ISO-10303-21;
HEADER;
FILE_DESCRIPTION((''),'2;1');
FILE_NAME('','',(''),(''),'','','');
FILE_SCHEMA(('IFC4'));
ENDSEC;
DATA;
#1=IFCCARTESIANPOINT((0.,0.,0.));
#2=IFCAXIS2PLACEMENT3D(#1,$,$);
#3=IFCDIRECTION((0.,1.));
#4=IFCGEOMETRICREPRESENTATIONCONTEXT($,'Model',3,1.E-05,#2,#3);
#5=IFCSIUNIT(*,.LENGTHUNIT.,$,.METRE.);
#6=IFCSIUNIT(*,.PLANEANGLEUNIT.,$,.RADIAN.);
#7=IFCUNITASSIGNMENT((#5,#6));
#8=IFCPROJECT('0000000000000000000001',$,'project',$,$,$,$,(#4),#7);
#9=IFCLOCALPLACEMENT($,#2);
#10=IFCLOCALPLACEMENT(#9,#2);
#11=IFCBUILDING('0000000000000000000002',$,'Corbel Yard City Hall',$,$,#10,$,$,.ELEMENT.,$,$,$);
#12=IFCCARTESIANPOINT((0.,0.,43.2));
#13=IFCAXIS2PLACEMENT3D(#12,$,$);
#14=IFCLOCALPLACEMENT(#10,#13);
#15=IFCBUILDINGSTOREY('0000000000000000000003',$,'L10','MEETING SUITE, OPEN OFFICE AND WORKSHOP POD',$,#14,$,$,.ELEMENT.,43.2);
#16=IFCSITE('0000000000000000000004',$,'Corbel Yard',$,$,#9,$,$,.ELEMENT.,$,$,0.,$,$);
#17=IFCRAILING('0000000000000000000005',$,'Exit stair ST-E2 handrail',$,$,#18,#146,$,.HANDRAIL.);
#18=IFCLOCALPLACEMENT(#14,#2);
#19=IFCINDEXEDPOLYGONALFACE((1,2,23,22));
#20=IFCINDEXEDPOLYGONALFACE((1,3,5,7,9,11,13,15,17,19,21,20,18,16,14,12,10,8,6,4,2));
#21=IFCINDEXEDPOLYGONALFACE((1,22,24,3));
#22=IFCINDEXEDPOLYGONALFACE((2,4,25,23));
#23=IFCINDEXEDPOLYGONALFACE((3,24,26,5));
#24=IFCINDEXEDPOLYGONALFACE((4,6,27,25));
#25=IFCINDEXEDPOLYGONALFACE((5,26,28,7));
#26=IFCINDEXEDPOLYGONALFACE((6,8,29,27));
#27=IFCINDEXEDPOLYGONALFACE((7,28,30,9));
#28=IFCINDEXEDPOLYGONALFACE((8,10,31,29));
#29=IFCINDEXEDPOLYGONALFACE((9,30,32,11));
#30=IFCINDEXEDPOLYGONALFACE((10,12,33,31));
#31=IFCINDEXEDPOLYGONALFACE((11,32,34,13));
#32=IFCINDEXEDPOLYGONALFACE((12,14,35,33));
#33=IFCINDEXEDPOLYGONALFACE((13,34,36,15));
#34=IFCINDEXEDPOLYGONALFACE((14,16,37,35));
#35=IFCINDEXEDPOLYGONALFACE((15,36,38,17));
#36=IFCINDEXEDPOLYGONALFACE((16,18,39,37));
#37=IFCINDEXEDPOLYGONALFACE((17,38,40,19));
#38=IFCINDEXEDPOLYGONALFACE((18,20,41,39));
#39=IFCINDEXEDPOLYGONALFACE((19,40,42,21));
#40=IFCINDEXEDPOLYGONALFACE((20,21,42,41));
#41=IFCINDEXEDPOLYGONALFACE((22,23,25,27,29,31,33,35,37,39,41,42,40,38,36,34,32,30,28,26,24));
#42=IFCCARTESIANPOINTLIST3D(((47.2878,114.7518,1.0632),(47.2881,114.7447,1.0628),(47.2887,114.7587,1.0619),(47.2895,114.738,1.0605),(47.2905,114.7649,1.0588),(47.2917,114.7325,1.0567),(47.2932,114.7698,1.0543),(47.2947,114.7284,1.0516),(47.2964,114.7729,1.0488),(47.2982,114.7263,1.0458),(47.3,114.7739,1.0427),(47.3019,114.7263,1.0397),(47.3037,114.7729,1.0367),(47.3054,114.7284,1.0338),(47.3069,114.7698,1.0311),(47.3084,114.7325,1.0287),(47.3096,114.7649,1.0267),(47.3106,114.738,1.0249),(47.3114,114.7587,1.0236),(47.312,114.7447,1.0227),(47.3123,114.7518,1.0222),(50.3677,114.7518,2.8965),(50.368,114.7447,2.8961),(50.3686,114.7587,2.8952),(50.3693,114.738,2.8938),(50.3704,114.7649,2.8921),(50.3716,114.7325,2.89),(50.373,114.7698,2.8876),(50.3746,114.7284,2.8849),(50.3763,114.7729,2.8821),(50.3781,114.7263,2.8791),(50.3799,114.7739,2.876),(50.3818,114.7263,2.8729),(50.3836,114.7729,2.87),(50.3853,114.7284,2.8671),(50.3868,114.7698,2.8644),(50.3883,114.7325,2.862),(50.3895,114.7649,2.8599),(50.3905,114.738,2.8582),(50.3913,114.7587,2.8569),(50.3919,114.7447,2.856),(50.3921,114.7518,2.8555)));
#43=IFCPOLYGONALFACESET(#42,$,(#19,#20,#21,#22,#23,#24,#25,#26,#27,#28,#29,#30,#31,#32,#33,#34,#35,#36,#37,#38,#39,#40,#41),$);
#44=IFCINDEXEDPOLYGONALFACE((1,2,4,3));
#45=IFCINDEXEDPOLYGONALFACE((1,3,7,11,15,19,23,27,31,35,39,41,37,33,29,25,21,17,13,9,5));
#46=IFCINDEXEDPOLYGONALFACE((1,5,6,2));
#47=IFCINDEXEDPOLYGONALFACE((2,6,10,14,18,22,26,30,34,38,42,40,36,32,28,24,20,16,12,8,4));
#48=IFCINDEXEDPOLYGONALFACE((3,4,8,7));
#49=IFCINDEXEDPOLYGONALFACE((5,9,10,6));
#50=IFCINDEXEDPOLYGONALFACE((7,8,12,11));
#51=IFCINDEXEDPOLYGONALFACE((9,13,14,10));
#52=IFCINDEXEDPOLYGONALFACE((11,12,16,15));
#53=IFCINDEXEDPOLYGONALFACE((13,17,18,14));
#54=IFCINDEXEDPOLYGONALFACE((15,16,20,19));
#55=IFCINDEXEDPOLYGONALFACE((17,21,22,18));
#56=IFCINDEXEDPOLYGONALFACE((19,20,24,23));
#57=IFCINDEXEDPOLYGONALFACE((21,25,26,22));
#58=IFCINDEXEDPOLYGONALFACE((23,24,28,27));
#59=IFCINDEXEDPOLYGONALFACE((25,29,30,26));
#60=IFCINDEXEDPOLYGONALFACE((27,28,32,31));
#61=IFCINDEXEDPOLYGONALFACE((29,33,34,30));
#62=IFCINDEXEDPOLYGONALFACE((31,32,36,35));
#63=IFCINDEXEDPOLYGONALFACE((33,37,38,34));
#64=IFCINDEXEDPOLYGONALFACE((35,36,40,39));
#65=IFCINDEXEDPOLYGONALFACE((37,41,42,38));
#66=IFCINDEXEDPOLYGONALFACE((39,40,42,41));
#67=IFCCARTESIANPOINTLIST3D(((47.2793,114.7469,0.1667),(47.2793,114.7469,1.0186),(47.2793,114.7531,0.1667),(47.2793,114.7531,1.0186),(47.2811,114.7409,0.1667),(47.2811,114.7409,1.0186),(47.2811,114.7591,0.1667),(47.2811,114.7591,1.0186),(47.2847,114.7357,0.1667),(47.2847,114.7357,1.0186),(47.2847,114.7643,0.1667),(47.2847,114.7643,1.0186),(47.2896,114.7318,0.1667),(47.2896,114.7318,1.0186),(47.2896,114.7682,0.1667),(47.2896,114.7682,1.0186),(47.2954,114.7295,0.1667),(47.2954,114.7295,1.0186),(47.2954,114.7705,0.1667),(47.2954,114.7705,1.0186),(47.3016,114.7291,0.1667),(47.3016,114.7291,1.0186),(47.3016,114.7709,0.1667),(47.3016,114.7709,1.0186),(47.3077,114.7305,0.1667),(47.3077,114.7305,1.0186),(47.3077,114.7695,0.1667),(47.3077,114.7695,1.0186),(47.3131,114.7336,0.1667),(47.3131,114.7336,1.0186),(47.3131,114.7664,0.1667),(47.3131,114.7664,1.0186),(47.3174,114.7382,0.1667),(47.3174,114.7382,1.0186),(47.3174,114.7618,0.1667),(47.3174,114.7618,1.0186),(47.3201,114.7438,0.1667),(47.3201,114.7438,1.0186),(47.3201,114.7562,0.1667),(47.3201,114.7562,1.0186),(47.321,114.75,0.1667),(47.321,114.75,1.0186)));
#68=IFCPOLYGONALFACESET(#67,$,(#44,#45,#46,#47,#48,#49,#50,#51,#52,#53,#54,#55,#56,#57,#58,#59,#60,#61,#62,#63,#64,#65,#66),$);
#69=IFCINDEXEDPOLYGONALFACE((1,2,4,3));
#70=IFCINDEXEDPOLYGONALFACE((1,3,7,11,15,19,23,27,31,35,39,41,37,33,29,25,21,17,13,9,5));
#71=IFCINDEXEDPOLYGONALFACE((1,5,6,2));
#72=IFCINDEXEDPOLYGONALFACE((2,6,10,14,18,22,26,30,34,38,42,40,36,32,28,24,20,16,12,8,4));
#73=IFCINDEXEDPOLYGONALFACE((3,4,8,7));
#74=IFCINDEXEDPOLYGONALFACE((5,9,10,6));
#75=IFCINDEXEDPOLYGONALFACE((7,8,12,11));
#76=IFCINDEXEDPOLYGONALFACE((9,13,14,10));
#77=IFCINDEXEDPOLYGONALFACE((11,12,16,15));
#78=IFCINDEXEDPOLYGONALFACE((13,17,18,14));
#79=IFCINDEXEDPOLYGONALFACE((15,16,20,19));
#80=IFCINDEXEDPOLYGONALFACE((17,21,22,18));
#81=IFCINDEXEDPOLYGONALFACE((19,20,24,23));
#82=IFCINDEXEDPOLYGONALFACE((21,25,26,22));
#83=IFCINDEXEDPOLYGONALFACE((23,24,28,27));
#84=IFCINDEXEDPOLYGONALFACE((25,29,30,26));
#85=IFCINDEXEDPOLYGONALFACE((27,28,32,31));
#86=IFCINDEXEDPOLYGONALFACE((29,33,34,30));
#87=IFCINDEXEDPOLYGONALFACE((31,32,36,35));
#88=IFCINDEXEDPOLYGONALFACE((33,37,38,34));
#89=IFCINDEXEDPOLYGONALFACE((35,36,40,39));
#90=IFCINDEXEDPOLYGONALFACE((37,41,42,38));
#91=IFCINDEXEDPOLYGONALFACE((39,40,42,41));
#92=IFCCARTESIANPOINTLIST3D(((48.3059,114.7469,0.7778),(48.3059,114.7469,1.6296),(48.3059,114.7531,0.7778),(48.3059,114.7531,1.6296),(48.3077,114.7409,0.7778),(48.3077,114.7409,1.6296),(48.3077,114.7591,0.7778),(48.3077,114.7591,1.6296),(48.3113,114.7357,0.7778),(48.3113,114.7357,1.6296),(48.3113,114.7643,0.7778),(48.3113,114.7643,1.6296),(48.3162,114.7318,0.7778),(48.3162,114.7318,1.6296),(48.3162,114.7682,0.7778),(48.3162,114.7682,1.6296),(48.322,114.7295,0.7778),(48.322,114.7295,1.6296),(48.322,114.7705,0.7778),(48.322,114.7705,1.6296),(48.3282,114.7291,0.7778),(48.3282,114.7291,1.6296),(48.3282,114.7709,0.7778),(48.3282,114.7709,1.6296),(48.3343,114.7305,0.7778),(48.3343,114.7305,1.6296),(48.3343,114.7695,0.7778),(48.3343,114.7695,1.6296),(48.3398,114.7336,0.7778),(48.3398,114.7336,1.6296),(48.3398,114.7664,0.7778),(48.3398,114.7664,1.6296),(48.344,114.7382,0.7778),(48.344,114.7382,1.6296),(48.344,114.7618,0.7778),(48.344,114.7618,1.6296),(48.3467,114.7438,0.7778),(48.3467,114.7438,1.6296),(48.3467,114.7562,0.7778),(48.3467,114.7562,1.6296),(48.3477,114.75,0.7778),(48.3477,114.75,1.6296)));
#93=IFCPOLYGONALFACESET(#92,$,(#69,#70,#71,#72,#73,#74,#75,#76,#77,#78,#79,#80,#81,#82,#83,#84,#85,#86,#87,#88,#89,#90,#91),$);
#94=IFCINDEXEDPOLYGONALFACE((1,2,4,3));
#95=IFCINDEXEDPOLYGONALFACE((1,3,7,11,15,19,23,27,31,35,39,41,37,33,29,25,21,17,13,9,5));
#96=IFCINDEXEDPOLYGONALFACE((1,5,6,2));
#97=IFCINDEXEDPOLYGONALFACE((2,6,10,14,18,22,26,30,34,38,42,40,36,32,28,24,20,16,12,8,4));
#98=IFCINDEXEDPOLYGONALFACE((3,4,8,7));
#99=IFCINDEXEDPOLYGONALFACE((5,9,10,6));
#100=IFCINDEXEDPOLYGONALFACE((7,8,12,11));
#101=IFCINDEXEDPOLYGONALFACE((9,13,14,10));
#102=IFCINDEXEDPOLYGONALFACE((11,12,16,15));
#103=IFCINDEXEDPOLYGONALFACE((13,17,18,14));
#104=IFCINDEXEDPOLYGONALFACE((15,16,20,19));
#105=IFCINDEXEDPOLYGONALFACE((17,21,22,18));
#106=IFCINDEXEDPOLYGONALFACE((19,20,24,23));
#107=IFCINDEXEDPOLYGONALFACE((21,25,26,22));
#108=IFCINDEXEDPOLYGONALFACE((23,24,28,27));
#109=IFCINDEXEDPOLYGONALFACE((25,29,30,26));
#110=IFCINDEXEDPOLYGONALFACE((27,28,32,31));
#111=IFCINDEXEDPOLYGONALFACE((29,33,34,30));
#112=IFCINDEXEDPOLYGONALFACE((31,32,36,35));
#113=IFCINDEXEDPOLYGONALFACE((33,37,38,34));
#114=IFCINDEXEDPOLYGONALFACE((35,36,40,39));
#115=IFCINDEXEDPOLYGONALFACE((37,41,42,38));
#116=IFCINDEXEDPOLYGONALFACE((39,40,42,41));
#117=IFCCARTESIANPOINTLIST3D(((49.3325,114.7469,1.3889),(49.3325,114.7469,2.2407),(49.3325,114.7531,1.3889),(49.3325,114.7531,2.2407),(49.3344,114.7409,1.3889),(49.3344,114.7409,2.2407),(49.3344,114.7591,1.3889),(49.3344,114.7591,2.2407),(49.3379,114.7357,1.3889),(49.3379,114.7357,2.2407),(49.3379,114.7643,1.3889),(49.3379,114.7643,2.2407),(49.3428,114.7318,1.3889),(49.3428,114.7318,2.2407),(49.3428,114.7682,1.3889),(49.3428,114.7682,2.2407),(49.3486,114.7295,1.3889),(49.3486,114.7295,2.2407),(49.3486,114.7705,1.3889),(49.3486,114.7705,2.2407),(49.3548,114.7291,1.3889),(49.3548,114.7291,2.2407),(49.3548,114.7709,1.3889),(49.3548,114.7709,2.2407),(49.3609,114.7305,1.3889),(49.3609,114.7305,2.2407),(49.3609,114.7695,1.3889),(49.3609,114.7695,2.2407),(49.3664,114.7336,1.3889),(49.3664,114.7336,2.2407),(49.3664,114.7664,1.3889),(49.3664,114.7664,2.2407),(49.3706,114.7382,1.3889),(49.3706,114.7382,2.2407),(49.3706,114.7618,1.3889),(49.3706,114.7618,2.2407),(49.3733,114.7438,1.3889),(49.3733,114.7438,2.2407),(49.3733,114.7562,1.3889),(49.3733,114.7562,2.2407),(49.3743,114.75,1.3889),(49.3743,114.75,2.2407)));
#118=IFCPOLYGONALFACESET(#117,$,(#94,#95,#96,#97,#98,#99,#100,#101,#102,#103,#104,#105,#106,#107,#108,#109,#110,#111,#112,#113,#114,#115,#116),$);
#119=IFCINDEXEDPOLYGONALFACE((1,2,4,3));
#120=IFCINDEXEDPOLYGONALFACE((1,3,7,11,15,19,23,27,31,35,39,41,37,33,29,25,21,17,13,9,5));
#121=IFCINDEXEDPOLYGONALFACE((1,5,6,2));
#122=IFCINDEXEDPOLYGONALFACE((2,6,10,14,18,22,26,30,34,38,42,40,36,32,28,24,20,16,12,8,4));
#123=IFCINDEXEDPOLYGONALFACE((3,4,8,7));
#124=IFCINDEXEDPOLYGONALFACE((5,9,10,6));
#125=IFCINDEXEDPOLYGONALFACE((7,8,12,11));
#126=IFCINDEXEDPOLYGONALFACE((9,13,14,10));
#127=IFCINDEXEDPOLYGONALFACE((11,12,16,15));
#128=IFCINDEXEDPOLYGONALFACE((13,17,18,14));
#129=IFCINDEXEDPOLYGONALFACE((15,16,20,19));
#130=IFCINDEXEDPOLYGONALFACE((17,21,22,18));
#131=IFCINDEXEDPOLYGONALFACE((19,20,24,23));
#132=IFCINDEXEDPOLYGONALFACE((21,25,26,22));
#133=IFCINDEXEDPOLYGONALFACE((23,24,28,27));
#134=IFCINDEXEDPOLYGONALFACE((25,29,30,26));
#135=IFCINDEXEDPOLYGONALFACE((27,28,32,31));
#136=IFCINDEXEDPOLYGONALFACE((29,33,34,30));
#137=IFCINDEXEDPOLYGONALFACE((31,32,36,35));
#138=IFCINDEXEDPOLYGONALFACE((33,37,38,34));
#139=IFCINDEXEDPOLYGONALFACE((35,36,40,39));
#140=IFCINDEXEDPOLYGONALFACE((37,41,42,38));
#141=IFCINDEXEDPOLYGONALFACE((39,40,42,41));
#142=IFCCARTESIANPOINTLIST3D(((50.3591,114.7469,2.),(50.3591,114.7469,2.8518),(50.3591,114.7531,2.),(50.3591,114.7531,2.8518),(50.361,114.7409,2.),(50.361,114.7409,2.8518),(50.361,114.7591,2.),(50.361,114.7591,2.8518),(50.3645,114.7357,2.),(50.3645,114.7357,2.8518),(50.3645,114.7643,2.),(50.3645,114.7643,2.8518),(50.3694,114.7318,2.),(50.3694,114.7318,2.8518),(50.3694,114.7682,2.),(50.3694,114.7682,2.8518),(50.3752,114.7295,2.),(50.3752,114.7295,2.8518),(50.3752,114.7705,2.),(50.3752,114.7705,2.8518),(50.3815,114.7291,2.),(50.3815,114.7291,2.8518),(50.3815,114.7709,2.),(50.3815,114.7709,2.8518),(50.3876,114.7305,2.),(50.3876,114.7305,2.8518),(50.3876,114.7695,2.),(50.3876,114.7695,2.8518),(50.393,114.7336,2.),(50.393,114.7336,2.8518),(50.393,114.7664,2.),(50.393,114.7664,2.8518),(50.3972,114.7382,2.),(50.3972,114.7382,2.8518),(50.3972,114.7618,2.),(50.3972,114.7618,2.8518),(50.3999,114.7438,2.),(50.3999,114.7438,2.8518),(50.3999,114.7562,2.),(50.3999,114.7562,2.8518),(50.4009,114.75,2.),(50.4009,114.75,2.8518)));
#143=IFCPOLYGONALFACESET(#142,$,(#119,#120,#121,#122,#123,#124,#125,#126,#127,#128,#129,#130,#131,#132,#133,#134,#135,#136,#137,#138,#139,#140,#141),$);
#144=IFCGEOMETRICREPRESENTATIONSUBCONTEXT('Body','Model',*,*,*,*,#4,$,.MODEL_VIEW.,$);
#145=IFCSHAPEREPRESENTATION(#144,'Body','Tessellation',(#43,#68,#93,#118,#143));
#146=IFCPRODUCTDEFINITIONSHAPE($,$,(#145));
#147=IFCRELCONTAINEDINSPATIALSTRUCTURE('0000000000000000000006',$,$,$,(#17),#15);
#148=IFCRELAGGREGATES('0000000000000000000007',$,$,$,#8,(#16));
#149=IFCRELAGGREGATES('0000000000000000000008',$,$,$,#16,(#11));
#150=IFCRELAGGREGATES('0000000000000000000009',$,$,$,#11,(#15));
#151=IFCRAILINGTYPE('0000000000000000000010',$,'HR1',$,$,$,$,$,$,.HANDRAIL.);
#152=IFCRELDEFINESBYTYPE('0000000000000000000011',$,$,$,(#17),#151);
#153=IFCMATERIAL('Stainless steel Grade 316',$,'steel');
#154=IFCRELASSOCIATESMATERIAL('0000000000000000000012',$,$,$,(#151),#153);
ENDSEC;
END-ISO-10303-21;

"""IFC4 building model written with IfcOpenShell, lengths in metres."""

from ifc_helpers import new_model, si_unit, direction, frame, origin, origin_2d, place, context, subcontext, project, spatial, circle, extrude, material, type_object, element, save


model = new_model("IFC4")

# Units and contexts
model_context = context("Model", 3, precision=1e-05, world=origin(), true_north=direction((0.0, 1.0)))
body_context = subcontext(model_context, "Body", "Model", "MODEL_VIEW")
ifc_project = project(units=[si_unit("LENGTHUNIT", "METRE"), si_unit("PLANEANGLEUNIT", "RADIAN")], contexts=[model_context])

# Site, building, storey
site_placement = place(None, origin())
site = spatial("IfcSite", under=ifc_project, at=site_placement, Name="Corbel Yard", CompositionType="ELEMENT", RefElevation=0.0)
building_placement = place(site_placement, origin())
building = spatial("IfcBuilding", under=site, at=building_placement, Name="Corbel Yard City Hall", CompositionType="ELEMENT")
storey_placement = place(building_placement, frame((0.0, 0.0, 43.2)))
storey = spatial("IfcBuildingStorey", under=building, at=storey_placement, Name="L10", Description="MEETING SUITE, OPEN OFFICE AND WORKSHOP POD", CompositionType="ELEMENT", Elevation=43.2)

# Railing
ifc_material_1 = material(Name="Stainless steel Grade 316", Category="steel")
railing_type = type_object("IfcRailingType", Name="HR1", PredefinedType="HANDRAIL", material=ifc_material_1)
for number, where, name in (
    (1, (47.3, 114.75, 0.1667), "Exit stair ST-E2 handrail"),
):
    element("IfcRailing", number, at=place(storey_placement, frame(where)), inside=storey, type_object=railing_type, Name=name, PredefinedType="HANDRAIL", context=body_context, shape_type="SweptSolid", body=[
        extrude(circle(Radius=0.0239, at=origin_2d()), frame((0.0, 0.0, 0.876), z_axis=(0.859291, 0.0, 0.511487), x_axis=(0.0, 1.0, 0.0)), (0.0, 0.0, 1.0), 3.5842),
        extrude(circle(Radius=0.021, at=origin_2d()), origin(), (0.0, 0.0, 1.0), 0.8518),
        extrude(circle(Radius=0.021, at=origin_2d()), frame((1.0266, 0.0, 0.6111)), (0.0, 0.0, 1.0), 0.8518),
        extrude(circle(Radius=0.021, at=origin_2d()), frame((2.0532, 0.0, 1.2222)), (0.0, 0.0, 1.0), 0.8518),
        extrude(circle(Radius=0.021, at=origin_2d()), frame((3.0798, 0.0, 1.8333)), (0.0, 0.0, 1.0), 0.8518),
    ])

save(model, "model.ifc")
